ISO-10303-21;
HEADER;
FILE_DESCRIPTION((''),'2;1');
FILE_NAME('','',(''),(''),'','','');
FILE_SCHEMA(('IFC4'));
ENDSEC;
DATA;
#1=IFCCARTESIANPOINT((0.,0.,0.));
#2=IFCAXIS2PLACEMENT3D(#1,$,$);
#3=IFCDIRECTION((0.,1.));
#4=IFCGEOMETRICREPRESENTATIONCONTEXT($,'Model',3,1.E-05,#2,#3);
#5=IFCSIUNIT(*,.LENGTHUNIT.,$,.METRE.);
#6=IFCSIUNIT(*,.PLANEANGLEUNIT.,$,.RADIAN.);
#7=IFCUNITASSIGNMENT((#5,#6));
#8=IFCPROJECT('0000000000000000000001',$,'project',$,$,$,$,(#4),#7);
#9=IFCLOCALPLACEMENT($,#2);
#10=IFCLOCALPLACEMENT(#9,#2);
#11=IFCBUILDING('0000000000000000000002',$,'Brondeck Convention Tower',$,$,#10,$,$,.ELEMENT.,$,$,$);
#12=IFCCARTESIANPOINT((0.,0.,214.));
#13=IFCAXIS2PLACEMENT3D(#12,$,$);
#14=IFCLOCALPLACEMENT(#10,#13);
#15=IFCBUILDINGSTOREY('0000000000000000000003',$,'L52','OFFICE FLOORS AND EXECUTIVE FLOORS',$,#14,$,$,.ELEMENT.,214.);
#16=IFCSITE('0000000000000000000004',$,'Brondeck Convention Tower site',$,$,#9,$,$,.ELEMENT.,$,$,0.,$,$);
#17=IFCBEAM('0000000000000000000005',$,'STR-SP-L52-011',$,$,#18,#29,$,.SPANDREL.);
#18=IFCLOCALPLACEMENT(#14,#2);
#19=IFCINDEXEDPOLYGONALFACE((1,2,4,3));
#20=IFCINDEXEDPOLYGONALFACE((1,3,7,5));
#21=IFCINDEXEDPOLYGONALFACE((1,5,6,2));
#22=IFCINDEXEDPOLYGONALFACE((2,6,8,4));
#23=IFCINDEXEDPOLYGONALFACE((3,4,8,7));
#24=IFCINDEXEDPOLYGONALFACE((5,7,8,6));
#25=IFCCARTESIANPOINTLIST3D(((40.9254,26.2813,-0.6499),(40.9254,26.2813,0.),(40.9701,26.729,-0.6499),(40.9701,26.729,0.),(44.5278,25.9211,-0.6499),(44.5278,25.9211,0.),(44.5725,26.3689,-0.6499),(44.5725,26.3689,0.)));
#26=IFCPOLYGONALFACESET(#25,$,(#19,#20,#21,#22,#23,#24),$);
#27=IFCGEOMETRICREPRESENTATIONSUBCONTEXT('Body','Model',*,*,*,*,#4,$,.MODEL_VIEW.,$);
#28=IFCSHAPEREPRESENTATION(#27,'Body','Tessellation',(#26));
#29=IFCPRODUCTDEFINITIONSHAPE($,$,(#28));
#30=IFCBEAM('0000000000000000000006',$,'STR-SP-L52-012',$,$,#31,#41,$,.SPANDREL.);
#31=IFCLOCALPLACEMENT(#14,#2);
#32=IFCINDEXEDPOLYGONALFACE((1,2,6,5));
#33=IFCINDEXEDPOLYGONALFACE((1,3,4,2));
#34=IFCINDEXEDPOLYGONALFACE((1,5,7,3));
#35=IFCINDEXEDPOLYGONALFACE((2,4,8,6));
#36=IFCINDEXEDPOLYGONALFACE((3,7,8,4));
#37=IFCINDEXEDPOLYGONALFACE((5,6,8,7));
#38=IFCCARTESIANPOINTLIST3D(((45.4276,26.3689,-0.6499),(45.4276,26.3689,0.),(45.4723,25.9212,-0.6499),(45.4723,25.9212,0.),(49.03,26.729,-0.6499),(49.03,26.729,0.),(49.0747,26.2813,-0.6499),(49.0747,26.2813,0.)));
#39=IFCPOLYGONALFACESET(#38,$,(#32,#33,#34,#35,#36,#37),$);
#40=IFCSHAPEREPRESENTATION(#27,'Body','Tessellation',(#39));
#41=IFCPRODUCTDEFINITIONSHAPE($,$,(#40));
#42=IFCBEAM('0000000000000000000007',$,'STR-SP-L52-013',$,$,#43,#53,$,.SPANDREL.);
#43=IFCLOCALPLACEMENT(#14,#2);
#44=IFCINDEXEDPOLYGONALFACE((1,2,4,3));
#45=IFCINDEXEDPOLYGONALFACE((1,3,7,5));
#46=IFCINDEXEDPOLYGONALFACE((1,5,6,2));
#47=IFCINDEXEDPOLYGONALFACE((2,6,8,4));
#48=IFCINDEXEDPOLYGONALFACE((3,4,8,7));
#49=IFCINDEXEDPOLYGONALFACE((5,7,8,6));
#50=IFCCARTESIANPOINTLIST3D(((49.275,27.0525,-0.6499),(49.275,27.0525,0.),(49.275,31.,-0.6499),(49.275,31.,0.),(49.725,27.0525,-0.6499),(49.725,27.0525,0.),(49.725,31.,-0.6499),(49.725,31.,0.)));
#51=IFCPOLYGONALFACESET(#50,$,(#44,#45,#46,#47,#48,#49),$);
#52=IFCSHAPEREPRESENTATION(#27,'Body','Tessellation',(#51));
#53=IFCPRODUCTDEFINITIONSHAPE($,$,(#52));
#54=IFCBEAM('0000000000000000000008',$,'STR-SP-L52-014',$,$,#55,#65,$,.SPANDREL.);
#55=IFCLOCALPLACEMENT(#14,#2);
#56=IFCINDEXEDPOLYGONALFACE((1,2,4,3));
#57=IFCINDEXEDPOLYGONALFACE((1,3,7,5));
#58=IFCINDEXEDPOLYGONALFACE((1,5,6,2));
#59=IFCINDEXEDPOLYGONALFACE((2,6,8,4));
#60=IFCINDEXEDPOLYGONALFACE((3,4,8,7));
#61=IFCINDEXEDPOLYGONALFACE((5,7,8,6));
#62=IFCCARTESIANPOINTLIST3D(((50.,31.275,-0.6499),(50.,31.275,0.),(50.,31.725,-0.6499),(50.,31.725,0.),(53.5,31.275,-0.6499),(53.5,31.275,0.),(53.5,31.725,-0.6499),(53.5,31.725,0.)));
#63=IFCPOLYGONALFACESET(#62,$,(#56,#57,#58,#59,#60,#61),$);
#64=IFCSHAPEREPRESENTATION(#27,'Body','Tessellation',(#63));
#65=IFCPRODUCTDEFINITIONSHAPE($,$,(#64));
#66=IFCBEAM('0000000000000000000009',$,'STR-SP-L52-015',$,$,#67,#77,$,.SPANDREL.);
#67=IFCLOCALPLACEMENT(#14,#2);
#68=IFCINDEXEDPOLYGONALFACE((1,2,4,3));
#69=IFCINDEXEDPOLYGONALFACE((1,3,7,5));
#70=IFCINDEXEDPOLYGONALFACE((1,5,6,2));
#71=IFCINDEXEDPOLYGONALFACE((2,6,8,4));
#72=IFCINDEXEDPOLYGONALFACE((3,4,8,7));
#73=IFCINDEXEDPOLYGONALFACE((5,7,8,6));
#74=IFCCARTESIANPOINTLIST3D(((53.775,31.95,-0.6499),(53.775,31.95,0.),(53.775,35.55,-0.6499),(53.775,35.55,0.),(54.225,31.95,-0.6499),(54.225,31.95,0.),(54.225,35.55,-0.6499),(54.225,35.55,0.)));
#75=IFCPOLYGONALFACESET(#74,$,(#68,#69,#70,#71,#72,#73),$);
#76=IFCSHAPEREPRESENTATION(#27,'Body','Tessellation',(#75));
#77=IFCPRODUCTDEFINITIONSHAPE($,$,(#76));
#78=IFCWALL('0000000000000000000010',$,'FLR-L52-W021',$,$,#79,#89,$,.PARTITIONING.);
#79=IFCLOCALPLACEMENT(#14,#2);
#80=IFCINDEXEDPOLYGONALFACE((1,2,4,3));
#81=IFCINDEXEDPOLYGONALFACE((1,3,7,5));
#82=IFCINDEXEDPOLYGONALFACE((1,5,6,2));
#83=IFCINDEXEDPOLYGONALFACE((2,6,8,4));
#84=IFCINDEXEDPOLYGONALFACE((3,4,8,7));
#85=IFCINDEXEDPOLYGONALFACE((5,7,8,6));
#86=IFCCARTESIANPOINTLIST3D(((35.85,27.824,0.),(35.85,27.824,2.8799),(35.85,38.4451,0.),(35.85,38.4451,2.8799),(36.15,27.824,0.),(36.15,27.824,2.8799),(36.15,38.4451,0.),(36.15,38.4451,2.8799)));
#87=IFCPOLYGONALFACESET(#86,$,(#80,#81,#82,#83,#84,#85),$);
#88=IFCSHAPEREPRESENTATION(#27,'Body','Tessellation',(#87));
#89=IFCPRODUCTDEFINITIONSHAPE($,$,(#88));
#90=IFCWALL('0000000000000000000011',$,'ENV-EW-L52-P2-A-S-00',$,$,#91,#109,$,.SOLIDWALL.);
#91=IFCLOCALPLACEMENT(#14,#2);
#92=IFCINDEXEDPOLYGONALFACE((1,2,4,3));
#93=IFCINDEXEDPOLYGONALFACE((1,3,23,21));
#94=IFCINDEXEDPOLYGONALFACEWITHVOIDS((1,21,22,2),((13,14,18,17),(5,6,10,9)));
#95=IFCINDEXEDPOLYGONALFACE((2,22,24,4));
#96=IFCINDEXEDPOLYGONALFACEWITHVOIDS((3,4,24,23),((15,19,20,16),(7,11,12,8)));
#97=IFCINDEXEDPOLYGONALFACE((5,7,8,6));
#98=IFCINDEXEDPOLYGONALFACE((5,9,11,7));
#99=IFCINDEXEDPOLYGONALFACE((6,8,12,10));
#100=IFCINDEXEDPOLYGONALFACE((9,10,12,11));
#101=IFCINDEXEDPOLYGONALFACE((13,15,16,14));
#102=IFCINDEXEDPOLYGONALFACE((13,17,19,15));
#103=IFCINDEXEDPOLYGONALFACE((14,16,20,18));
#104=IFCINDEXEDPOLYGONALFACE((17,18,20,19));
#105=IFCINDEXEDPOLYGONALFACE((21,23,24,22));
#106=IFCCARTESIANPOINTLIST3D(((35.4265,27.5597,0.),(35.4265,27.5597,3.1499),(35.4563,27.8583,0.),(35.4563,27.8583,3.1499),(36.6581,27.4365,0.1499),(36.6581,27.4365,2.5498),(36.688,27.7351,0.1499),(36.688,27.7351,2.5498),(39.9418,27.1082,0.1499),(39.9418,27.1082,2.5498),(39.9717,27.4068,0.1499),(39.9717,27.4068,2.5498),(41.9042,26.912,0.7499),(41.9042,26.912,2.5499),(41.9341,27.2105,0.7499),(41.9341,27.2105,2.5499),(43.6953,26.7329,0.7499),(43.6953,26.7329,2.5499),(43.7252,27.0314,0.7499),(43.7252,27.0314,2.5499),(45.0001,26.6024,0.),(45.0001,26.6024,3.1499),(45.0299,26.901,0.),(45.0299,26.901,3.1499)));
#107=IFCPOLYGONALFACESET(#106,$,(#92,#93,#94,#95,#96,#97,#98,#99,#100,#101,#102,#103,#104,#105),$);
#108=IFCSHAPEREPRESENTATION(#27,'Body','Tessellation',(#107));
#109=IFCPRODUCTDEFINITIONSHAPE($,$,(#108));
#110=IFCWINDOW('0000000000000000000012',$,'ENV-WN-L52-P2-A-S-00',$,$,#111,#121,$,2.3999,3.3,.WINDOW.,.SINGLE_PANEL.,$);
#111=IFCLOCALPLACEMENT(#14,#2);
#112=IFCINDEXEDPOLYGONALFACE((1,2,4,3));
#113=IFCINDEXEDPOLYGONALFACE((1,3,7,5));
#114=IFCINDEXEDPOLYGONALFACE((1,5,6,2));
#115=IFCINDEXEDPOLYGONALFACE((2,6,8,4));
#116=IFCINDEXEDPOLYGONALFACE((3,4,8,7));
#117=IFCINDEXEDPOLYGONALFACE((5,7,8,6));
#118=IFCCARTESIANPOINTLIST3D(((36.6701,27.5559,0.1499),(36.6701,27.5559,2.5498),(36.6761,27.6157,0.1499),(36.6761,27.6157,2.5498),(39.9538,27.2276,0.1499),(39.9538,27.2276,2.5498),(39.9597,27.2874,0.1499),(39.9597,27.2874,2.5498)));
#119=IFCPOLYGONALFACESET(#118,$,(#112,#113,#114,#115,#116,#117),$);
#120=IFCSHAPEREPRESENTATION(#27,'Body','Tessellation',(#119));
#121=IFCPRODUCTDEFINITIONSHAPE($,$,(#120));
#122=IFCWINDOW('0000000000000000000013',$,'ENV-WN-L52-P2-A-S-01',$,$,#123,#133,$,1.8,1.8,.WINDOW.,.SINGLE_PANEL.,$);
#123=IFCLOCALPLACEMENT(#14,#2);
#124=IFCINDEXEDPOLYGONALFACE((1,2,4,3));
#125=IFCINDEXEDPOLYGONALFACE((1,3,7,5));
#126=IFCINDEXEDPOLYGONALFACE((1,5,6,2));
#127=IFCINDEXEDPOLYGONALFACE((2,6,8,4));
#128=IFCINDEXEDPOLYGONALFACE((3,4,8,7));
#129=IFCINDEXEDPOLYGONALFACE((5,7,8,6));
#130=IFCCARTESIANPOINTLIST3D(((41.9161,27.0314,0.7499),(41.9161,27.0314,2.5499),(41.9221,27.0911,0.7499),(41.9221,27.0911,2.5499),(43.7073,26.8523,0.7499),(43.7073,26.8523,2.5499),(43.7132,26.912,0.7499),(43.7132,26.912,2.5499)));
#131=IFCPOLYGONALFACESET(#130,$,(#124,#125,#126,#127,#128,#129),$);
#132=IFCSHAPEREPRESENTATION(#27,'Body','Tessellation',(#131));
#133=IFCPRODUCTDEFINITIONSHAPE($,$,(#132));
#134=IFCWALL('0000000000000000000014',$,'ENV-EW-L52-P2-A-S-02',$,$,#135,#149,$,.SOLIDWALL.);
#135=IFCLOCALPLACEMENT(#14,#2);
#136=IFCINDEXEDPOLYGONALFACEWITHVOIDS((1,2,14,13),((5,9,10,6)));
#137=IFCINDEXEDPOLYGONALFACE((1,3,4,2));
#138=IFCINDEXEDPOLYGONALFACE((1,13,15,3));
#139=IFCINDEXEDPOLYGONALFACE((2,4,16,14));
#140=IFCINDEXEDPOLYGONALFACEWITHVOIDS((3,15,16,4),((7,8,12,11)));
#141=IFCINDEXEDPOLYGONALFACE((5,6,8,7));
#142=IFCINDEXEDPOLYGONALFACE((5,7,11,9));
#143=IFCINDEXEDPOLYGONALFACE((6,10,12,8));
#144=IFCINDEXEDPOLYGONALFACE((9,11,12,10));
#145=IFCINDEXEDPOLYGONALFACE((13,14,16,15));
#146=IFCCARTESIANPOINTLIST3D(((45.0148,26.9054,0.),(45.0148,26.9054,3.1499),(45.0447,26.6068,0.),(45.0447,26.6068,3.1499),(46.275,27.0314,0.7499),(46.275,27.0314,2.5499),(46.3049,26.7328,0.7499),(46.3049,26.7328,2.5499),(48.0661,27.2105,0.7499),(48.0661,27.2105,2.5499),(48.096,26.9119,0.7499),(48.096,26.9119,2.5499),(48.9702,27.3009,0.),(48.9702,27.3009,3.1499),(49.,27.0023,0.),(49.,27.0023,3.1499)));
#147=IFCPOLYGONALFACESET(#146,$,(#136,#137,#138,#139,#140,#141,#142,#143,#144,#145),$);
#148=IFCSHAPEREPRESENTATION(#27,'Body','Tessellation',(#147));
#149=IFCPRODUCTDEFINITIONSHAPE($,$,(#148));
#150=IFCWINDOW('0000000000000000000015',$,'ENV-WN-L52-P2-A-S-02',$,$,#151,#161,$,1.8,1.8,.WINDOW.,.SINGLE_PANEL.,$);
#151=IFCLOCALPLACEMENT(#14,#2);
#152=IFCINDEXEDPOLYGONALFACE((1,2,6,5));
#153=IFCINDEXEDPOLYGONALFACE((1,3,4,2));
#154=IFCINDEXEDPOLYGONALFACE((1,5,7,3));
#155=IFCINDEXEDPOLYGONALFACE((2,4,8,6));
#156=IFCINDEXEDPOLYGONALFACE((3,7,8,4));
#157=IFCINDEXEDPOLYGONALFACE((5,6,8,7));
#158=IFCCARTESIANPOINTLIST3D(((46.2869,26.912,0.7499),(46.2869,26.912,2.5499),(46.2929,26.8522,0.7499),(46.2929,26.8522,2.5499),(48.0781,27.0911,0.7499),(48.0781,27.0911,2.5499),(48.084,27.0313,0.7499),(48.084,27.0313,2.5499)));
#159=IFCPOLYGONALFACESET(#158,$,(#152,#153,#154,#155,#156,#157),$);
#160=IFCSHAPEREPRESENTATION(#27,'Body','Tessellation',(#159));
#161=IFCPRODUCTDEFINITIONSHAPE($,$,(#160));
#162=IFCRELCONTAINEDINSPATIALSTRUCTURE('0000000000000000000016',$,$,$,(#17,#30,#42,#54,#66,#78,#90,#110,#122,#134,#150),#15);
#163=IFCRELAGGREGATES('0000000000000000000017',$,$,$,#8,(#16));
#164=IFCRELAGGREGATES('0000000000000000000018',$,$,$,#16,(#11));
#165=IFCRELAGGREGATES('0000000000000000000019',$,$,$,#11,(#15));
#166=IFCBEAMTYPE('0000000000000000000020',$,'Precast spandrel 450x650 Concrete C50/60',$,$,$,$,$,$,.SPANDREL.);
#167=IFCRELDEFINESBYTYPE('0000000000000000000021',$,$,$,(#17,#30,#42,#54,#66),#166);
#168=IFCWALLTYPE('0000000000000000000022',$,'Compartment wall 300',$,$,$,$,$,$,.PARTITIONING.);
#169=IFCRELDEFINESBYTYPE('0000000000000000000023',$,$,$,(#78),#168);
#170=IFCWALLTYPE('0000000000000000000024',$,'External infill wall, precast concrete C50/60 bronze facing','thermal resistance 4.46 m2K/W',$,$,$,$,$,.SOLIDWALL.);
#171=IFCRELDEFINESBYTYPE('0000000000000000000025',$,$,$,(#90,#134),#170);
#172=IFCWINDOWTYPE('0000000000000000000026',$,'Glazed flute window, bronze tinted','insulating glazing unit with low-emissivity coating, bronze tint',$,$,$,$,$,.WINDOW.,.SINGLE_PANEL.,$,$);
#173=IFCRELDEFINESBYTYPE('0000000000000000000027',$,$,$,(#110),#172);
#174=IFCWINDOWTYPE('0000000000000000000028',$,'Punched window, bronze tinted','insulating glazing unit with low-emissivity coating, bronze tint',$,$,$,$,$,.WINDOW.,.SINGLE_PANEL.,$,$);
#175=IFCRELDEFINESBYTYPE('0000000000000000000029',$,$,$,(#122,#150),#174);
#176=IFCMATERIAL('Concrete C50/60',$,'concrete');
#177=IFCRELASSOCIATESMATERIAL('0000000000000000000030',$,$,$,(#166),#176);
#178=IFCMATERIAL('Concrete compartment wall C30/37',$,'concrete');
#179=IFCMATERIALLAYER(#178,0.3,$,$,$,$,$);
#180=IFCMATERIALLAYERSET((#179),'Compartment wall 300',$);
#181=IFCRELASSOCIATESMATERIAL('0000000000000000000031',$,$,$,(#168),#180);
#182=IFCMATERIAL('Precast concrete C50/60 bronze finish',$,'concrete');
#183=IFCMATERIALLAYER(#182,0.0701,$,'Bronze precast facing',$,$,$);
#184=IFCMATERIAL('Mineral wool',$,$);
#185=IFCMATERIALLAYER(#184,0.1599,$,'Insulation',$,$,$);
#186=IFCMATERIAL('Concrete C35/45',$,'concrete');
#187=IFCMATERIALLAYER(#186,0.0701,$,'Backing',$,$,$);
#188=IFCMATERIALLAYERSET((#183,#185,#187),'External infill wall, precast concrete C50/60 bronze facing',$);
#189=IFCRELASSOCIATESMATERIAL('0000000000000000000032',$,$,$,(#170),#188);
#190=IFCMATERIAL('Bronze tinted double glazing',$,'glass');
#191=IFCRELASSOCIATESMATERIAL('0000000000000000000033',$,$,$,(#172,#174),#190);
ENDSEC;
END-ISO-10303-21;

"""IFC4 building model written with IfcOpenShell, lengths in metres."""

from ifc_helpers import new_model, si_unit, direction, frame, frame_2d, origin, origin_2d, place, context, subcontext, project, spatial, rectangle, extrude, material, layer, layer_set, material_profile, profile_set, type_object, element, fill, save


model = new_model("IFC4")

# Units and contexts
model_context = context("Model", 3, precision=1e-05, world=origin(), true_north=direction((0.0, 1.0)))
body_context = subcontext(model_context, "Body", "Model", "MODEL_VIEW")
ifc_project = project(units=[si_unit("LENGTHUNIT", "METRE"), si_unit("PLANEANGLEUNIT", "RADIAN")], contexts=[model_context])

# Site, building, storey
site_placement = place(None, origin())
site = spatial("IfcSite", under=ifc_project, at=site_placement, Name="Brondeck Convention Tower site", CompositionType="ELEMENT", RefElevation=0.0)
building_placement = place(site_placement, origin())
building = spatial("IfcBuilding", under=site, at=building_placement, Name="Brondeck Convention Tower", CompositionType="ELEMENT")
storey_placement = place(building_placement, frame((0.0, 0.0, 214.0)))
storey = spatial("IfcBuildingStorey", under=building, at=storey_placement, Name="L52", Description="OFFICE FLOORS AND EXECUTIVE FLOORS", CompositionType="ELEMENT", Elevation=214.0)

# Shared definitions
ifc_material_1 = material(Name="Concrete C50/60", Category="concrete")

# Beams
ifc_material_profile_1 = material_profile(ifc_material_1, rectangle(XDim=0.45, YDim=0.6499, at=origin_2d()), Name="Precast spandrel 450x650 Concrete C50/60")
ifc_profile_set_1 = profile_set([ifc_material_profile_1], Name="Concrete C50/60")
beam_type_1 = type_object("IfcBeamType", Name="Precast spandrel 450x650 Concrete C50/60", PredefinedType="SPANDREL", material=ifc_profile_set_1)
for number, where, z_axis, x_axis, name in (
    (1, (40.9478, 26.5051, -0.325), (0.995041, -0.09947, 0.0), (0.09947, 0.995041, 0.0), "STR-SP-L52-011"),
    (2, (45.45, 26.145, -0.325), (0.995041, 0.09947, 0.0), (-0.09947, 0.995041, 0.0), "STR-SP-L52-012"),
):
    element("IfcBeam", number, at=place(storey_placement, frame(where, z_axis=z_axis, x_axis=x_axis)), inside=storey, type_object=beam_type_1, Name=name, PredefinedType="SPANDREL", context=body_context, shape_type="SweptSolid", body=[
        extrude(rectangle(XDim=0.45, YDim=0.6499, at=origin_2d()), origin(), (0.0, 0.0, 1.0), 3.6204),
    ])
beam_1_placement = place(storey_placement, frame((49.5, 27.0525, -0.325), z_axis=(0.0, 1.0, 0.0), x_axis=(-1.0, 0.0, 0.0)))
element("IfcBeam", 3, at=beam_1_placement, inside=storey, type_object=beam_type_1, Name="STR-SP-L52-013", PredefinedType="SPANDREL", context=body_context, shape_type="SweptSolid", body=[
    extrude(rectangle(XDim=0.45, YDim=0.6499, at=origin_2d()), origin(), (0.0, 0.0, 1.0), 3.9475),
])
beam_2_placement = place(storey_placement, frame((50.0, 31.5, -0.325), z_axis=(1.0, 0.0, 0.0), x_axis=(0.0, 1.0, 0.0)))
element("IfcBeam", 4, at=beam_2_placement, inside=storey, type_object=beam_type_1, Name="STR-SP-L52-014", PredefinedType="SPANDREL", context=body_context, shape_type="SweptSolid", body=[
    extrude(rectangle(XDim=0.45, YDim=0.6499, at=origin_2d()), origin(), (0.0, 0.0, 1.0), 3.5),
])
beam_3_placement = place(storey_placement, frame((54.0, 31.95, -0.325), z_axis=(0.0, 1.0, 0.0), x_axis=(-1.0, 0.0, 0.0)))
element("IfcBeam", 5, at=beam_3_placement, inside=storey, type_object=beam_type_1, Name="STR-SP-L52-015", PredefinedType="SPANDREL", context=body_context, shape_type="SweptSolid", body=[
    extrude(rectangle(XDim=0.45, YDim=0.6499, at=origin_2d()), origin(), (0.0, 0.0, 1.0), 3.6001),
])

# Wall
ifc_material_2 = material(Name="Concrete compartment wall C30/37", Category="concrete")
ifc_layer_1 = layer(ifc_material_2, 0.3)
ifc_layer_set_1 = layer_set([ifc_layer_1], Name="Compartment wall 300")
wall_type_1 = type_object("IfcWallType", Name="Compartment wall 300", PredefinedType="PARTITIONING", material=ifc_layer_set_1)
wall_1_placement = place(storey_placement, frame((36.0, 27.824, 0.0), z_axis=(0.0, 0.0, 1.0), x_axis=(0.0, 1.0, 0.0)))
element("IfcWall", 6, at=wall_1_placement, inside=storey, type_object=wall_type_1, Name="FLR-L52-W021", PredefinedType="PARTITIONING", context=body_context, shape_type="SweptSolid", body=[
    extrude(rectangle(XDim=10.6211, YDim=0.3, at=frame_2d((5.3105, 0.0))), origin(), (0.0, 0.0, 1.0), 2.8799),
])

# Wall, openings, windows
ifc_material_3 = material(Name="Precast concrete C50/60 bronze finish", Category="concrete")
ifc_layer_2 = layer(ifc_material_3, 0.0701, Name="Bronze precast facing")
ifc_material_4 = material(Name="Mineral wool")
ifc_layer_3 = layer(ifc_material_4, 0.1599, Name="Insulation")
ifc_material_5 = material(Name="Concrete C35/45", Category="concrete")
ifc_layer_4 = layer(ifc_material_5, 0.0701, Name="Backing")
ifc_layer_set_2 = layer_set([ifc_layer_2, ifc_layer_3, ifc_layer_4], Name="External infill wall, precast concrete C50/60 bronze facing")
wall_type_2 = type_object("IfcWallType", Name="External infill wall, precast concrete C50/60 bronze facing", Description="thermal resistance 4.46 m2K/W", PredefinedType="SOLIDWALL", material=ifc_layer_set_2)
wall_2_placement = place(storey_placement, frame((45.0149, 26.7517, 0.0), z_axis=(0.0, 0.0, 1.0), x_axis=(-0.995038, 0.099496, 0.0)))
wall_2 = element("IfcWall", 7, at=wall_2_placement, inside=storey, type_object=wall_type_2, Name="ENV-EW-L52-P2-A-S-00", PredefinedType="SOLIDWALL", context=body_context, shape_type="SweptSolid", body=[
    extrude(rectangle(XDim=9.6213, YDim=0.3, at=frame_2d((4.8105, 0.0))), origin(), (0.0, 0.0, 1.0), 3.1499),
])
opening_1_placement = place(wall_2_placement, frame((1.3113, 0.0, 0.75)))
opening_1 = element("IfcOpeningElement", 8, at=opening_1_placement, cuts=wall_2, PredefinedType="OPENING", context=body_context, shape_type="SweptSolid", body=[
    extrude(rectangle(XDim=1.8, YDim=1.8, at=frame_2d((0.8999, 0.8999))), frame((0.0, 0.1599, 0.0), z_axis=(0.0, -1.0, 0.0), x_axis=(1.0, 0.0, 0.0)), (0.0, 0.0, 1.0), 0.3201),
])
opening_2_placement = place(wall_2_placement, frame((5.0835, 0.0, 0.1499)))
opening_2 = element("IfcOpeningElement", 9, at=opening_2_placement, cuts=wall_2, PredefinedType="OPENING", context=body_context, shape_type="SweptSolid", body=[
    extrude(rectangle(XDim=3.3, YDim=2.3999, at=frame_2d((1.6499, 1.2))), frame((0.0, 0.1599, 0.0), z_axis=(0.0, -1.0, 0.0), x_axis=(1.0, 0.0, 0.0)), (0.0, 0.0, 1.0), 0.3201),
])
ifc_material_6 = material(Name="Bronze tinted double glazing", Category="glass")
window_type_1 = type_object("IfcWindowType", Name="Glazed flute window, bronze tinted", Description="insulating glazing unit with low-emissivity coating, bronze tint", PartitioningType="SINGLE_PANEL", PredefinedType="WINDOW", material=ifc_material_6)
window_1_placement = place(opening_2_placement, origin())
window_1 = element("IfcWindow", 10, at=window_1_placement, inside=storey, type_object=window_type_1, Name="ENV-WN-L52-P2-A-S-00", OverallHeight=2.3999, OverallWidth=3.3, PartitioningType="SINGLE_PANEL", PredefinedType="WINDOW", context=body_context, shape_type="SweptSolid", body=[
    extrude(rectangle(XDim=3.3, YDim=2.3999, at=frame_2d((1.6499, 1.2))), frame((0.0, 0.03, 0.0), z_axis=(0.0, -1.0, 0.0), x_axis=(1.0, 0.0, 0.0)), (0.0, 0.0, 1.0), 0.0601),
])
fill(opening_2, window_1)
window_type_2 = type_object("IfcWindowType", Name="Punched window, bronze tinted", Description="insulating glazing unit with low-emissivity coating, bronze tint", PartitioningType="SINGLE_PANEL", PredefinedType="WINDOW", material=ifc_material_6)
window_2_placement = place(opening_1_placement, origin())
window_2 = element("IfcWindow", 11, at=window_2_placement, inside=storey, type_object=window_type_2, Name="ENV-WN-L52-P2-A-S-01", OverallHeight=1.8, OverallWidth=1.8, PartitioningType="SINGLE_PANEL", PredefinedType="WINDOW", context=body_context, shape_type="SweptSolid", body=[
    extrude(rectangle(XDim=1.8, YDim=1.8, at=frame_2d((0.8999, 0.8999))), frame((0.0, 0.03, 0.0), z_axis=(0.0, -1.0, 0.0), x_axis=(1.0, 0.0, 0.0)), (0.0, 0.0, 1.0), 0.0601),
])
fill(opening_1, window_2)

# Wall, opening, window
wall_3_placement = place(storey_placement, frame((48.9851, 27.1516, 0.0), z_axis=(0.0, 0.0, 1.0), x_axis=(-0.995038, -0.099498, 0.0)))
wall_3 = element("IfcWall", 12, at=wall_3_placement, inside=storey, type_object=wall_type_2, Name="ENV-EW-L52-P2-A-S-02", PredefinedType="SOLIDWALL", context=body_context, shape_type="SweptSolid", body=[
    extrude(rectangle(XDim=3.9751, YDim=0.3, at=frame_2d((1.9875, 0.0))), origin(), (0.0, 0.0, 1.0), 3.1499),
])
opening_3_placement = place(wall_3_placement, frame((0.9087, 0.0, 0.75)))
opening_3 = element("IfcOpeningElement", 13, at=opening_3_placement, cuts=wall_3, PredefinedType="OPENING", context=body_context, shape_type="SweptSolid", body=[
    extrude(rectangle(XDim=1.8, YDim=1.8, at=frame_2d((0.8999, 0.8999))), frame((0.0, 0.1599, 0.0), z_axis=(0.0, -1.0, 0.0), x_axis=(1.0, 0.0, 0.0)), (0.0, 0.0, 1.0), 0.3201),
])
window_3_placement = place(opening_3_placement, origin())
window_3 = element("IfcWindow", 14, at=window_3_placement, inside=storey, type_object=window_type_2, Name="ENV-WN-L52-P2-A-S-02", OverallHeight=1.8, OverallWidth=1.8, PartitioningType="SINGLE_PANEL", PredefinedType="WINDOW", context=body_context, shape_type="SweptSolid", body=[
    extrude(rectangle(XDim=1.8, YDim=1.8, at=frame_2d((0.8999, 0.8999))), frame((0.0, 0.03, 0.0), z_axis=(0.0, -1.0, 0.0), x_axis=(1.0, 0.0, 0.0)), (0.0, 0.0, 1.0), 0.0601),
])
fill(opening_3, window_3)

save(model, "model.ifc")
